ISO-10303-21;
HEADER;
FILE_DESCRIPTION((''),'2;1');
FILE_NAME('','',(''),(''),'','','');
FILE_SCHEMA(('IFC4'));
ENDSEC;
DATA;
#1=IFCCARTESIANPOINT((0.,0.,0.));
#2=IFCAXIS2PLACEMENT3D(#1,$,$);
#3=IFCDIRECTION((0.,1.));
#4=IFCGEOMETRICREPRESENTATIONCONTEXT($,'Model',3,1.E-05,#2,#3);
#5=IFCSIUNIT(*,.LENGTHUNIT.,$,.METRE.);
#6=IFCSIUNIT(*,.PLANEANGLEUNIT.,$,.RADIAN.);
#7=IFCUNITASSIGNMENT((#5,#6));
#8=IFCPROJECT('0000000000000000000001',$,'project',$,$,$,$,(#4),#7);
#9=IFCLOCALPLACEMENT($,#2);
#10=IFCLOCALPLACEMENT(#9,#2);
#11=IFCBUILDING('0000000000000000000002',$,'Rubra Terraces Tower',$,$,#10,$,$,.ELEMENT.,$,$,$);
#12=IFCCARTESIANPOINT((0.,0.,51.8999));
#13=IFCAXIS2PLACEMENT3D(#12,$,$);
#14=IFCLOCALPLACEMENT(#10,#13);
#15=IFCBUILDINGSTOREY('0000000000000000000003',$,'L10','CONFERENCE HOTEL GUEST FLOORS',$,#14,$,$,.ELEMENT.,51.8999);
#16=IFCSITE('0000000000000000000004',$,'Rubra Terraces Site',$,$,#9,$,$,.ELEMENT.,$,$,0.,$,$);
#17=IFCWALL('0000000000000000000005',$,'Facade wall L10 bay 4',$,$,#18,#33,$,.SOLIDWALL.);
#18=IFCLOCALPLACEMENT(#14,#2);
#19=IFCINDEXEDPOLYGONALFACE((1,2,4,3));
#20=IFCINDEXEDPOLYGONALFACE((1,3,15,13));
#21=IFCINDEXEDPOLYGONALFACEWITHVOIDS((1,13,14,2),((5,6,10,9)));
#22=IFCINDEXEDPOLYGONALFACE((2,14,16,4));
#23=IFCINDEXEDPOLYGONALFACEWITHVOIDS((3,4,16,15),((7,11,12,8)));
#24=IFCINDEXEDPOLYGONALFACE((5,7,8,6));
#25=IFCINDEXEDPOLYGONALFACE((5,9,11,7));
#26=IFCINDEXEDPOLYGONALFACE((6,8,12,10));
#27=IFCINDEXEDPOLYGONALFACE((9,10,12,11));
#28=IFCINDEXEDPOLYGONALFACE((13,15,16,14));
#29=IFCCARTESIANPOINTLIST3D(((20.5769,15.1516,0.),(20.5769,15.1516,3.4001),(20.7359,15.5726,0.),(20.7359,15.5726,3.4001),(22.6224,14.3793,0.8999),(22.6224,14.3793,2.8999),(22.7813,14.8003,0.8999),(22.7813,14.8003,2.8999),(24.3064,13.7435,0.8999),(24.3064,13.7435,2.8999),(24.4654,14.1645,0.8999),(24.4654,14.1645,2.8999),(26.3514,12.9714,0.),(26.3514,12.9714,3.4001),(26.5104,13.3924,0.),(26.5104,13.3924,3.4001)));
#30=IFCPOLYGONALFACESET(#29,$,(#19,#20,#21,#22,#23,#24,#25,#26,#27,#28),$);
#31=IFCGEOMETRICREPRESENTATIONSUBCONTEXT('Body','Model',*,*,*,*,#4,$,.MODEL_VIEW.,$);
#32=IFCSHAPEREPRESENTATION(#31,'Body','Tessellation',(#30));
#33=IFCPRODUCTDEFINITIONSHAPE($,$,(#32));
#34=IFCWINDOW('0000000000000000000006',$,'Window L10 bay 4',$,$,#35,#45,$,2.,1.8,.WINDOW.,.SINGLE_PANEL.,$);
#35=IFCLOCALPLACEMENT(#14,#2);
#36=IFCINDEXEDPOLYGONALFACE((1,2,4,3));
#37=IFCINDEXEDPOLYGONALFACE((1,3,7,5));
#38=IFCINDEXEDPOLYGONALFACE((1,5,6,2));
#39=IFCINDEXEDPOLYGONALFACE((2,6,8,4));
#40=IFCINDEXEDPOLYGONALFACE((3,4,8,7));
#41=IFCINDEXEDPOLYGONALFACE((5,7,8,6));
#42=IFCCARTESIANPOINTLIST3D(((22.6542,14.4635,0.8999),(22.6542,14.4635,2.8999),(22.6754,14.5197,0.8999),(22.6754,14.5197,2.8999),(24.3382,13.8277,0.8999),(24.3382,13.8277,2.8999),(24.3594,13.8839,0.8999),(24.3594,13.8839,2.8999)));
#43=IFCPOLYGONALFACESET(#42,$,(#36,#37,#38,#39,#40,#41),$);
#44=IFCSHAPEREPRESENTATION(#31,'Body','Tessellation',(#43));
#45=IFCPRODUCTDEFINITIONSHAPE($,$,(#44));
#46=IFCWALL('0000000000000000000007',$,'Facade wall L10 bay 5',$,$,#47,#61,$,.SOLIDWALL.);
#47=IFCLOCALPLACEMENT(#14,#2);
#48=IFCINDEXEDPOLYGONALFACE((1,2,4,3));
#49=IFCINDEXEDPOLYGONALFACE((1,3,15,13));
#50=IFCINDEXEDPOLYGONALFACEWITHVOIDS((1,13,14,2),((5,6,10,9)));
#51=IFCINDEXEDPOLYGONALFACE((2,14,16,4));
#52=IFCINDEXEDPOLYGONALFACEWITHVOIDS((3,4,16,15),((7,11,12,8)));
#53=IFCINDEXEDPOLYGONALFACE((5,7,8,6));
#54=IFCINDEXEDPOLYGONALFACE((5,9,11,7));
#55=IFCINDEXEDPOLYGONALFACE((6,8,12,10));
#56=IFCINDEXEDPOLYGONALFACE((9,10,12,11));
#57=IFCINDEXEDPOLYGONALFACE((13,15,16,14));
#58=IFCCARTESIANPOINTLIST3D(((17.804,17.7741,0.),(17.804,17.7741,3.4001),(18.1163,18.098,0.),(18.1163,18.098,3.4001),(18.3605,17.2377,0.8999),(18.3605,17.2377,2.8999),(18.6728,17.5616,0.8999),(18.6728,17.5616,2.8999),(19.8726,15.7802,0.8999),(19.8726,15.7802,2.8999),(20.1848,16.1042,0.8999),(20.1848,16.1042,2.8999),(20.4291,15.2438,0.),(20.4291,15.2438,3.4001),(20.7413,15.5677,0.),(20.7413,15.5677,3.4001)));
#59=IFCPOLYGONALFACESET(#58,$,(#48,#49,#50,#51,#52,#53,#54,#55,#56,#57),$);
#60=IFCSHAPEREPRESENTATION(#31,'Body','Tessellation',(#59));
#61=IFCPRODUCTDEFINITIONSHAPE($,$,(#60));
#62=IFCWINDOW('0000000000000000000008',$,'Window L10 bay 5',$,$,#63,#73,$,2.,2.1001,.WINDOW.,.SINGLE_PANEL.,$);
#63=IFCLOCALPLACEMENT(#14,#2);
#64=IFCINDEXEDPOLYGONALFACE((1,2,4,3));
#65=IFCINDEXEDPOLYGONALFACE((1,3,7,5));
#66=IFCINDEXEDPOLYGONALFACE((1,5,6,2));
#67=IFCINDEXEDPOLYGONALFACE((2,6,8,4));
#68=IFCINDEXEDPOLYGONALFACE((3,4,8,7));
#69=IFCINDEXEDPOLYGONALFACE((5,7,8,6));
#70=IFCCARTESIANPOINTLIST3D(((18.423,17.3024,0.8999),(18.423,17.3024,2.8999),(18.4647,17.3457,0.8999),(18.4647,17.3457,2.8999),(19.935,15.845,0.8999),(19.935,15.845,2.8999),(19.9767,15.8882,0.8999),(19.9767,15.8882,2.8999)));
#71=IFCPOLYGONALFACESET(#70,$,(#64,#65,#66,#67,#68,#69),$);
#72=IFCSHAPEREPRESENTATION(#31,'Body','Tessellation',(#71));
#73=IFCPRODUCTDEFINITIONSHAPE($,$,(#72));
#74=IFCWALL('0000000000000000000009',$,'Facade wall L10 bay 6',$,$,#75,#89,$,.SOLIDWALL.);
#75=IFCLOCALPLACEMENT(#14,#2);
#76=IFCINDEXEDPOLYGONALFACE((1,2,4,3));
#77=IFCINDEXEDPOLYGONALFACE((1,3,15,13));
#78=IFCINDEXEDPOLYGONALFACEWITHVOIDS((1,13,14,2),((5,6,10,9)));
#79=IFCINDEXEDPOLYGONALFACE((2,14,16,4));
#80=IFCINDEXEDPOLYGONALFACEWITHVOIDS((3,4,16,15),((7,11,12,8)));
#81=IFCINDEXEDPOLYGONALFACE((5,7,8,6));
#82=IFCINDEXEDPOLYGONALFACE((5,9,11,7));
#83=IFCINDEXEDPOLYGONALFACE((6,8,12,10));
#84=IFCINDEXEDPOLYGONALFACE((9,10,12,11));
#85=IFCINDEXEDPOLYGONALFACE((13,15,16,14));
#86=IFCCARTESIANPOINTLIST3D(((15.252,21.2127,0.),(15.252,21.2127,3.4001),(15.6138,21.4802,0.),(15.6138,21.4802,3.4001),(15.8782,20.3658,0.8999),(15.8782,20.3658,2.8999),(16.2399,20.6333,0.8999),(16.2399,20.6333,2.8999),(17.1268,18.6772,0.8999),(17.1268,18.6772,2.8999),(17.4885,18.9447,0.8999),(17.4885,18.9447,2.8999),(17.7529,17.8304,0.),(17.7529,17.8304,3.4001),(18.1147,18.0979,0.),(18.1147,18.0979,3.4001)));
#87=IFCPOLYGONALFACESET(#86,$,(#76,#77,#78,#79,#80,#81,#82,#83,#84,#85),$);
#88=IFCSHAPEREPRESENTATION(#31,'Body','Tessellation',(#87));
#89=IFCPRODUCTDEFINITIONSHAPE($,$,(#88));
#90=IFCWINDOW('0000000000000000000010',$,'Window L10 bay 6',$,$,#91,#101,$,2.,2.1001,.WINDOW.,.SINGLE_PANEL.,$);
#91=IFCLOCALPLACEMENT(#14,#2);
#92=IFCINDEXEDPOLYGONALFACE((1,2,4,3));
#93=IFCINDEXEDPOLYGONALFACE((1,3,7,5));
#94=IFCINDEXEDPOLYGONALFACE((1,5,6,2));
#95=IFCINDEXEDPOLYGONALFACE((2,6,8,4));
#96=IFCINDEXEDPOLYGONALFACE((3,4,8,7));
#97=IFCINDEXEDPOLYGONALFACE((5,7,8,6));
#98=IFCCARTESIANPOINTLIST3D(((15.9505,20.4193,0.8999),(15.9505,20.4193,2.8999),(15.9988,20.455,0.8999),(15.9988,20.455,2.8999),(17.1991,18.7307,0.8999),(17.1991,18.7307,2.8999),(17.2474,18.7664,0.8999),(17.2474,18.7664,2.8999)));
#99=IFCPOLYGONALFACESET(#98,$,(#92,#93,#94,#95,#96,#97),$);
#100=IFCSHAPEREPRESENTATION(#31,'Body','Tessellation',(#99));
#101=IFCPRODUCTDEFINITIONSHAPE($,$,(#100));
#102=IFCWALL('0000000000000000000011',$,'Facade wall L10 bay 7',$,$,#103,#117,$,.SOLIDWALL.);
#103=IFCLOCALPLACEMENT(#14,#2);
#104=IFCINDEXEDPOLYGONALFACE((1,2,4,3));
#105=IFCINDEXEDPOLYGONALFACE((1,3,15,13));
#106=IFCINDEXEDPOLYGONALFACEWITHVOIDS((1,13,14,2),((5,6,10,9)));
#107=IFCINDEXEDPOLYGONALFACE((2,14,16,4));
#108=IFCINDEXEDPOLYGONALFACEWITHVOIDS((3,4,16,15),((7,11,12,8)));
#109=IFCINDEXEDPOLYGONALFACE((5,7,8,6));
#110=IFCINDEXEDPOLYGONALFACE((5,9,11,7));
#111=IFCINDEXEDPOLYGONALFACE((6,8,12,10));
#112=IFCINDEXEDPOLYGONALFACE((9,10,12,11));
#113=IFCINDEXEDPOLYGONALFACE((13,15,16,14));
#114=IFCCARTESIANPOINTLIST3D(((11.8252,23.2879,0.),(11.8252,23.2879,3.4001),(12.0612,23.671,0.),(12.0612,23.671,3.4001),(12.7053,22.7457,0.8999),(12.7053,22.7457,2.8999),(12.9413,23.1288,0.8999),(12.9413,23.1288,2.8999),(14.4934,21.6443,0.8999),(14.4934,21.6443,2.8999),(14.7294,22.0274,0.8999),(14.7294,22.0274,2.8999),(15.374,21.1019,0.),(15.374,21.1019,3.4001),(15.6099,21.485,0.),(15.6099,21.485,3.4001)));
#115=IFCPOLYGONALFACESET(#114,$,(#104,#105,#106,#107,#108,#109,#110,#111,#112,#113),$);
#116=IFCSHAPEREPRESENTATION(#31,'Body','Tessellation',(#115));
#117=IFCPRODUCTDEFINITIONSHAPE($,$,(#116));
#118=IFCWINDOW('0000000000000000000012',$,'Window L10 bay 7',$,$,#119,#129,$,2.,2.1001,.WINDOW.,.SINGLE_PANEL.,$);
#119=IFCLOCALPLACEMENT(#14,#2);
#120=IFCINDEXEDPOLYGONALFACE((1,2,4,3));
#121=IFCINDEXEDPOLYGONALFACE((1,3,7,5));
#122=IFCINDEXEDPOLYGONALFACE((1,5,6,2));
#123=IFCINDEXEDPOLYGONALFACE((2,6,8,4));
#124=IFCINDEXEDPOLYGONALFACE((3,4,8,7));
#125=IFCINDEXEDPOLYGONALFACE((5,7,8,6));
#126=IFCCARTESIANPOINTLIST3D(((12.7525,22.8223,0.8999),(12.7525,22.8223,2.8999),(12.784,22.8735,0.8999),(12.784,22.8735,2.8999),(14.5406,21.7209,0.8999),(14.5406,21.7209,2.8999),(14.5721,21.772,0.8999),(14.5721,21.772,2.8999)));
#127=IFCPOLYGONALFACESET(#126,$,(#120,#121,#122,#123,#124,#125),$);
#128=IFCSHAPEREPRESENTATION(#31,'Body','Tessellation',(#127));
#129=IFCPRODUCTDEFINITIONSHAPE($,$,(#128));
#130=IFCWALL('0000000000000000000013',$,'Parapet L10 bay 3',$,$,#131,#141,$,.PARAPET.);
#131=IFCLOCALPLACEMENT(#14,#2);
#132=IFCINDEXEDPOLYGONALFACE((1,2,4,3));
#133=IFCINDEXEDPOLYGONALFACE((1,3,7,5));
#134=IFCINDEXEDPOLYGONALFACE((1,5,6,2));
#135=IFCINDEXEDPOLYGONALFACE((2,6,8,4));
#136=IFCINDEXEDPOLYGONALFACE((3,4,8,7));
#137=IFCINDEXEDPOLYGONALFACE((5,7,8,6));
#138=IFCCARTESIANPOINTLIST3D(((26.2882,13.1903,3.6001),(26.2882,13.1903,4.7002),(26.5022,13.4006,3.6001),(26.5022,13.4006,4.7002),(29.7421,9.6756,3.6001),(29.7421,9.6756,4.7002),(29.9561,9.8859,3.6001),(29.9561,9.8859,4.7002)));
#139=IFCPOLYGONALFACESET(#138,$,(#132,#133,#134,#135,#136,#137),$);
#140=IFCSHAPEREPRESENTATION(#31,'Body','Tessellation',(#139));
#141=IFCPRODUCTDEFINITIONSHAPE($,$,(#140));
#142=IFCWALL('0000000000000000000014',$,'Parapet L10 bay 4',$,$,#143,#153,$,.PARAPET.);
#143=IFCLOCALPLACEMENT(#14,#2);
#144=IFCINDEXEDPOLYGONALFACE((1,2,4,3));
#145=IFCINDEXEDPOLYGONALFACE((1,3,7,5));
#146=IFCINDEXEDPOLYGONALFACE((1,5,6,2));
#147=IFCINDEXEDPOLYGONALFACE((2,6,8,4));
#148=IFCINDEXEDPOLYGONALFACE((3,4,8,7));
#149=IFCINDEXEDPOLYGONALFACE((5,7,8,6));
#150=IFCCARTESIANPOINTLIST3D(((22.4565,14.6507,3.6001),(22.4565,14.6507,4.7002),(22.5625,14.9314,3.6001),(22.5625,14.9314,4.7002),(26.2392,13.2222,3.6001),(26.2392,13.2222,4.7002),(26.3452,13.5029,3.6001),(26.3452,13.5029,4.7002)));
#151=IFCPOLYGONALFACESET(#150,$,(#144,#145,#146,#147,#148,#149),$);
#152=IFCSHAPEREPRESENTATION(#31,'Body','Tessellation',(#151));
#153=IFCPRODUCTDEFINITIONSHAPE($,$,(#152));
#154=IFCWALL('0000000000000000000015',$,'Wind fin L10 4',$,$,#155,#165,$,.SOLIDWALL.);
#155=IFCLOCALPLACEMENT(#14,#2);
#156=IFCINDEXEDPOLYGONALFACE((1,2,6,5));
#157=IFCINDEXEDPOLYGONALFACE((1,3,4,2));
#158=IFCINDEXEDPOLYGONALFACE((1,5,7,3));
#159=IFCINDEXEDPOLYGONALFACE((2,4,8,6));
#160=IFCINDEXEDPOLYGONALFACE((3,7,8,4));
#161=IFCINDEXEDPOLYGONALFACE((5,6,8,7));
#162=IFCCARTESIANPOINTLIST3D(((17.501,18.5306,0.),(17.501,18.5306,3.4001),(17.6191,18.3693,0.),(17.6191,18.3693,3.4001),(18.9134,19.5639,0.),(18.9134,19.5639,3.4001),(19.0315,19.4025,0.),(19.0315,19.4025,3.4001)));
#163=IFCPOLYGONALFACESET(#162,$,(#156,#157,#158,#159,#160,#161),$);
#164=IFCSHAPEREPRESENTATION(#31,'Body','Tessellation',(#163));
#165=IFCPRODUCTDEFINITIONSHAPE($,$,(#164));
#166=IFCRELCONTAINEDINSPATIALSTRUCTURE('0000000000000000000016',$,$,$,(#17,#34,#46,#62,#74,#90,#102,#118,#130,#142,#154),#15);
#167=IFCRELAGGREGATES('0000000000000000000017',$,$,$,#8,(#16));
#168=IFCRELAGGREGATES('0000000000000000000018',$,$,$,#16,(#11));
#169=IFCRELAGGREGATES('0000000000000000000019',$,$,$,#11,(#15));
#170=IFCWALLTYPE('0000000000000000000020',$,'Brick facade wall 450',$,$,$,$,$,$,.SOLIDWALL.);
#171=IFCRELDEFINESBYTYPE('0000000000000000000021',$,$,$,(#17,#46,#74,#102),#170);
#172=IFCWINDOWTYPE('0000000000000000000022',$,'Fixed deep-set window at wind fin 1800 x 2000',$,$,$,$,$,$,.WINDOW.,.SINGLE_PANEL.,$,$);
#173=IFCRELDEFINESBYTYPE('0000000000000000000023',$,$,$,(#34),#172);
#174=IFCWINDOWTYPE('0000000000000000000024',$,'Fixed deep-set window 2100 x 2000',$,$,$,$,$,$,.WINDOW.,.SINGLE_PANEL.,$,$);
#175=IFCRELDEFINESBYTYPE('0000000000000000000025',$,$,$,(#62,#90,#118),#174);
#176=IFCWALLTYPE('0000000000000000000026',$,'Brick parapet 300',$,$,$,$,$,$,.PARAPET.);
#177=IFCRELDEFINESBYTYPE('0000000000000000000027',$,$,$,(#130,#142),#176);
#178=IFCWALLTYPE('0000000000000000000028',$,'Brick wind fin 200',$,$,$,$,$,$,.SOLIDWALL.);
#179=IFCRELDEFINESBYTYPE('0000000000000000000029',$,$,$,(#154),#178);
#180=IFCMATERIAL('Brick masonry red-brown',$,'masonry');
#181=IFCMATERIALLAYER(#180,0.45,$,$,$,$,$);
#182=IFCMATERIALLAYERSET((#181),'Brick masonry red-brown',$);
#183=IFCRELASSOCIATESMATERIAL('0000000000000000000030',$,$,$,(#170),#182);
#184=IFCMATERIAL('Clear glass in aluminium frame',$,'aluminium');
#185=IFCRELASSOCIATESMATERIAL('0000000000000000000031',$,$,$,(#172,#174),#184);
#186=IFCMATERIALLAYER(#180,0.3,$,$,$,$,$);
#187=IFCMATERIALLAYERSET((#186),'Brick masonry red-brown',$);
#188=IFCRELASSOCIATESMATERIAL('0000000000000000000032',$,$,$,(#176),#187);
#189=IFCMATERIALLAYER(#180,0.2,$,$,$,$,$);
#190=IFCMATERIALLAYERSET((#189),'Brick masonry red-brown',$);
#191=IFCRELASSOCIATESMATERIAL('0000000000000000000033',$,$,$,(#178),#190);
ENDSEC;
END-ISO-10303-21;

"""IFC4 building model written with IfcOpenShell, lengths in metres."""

from ifc_helpers import new_model, si_unit, direction, frame, frame_2d, origin, place, context, subcontext, project, spatial, rectangle, extrude, material, layer, layer_set, type_object, element, fill, save


model = new_model("IFC4")

# Units and contexts
model_context = context("Model", 3, precision=1e-05, world=origin(), true_north=direction((0.0, 1.0)))
body_context = subcontext(model_context, "Body", "Model", "MODEL_VIEW")
ifc_project = project(units=[si_unit("LENGTHUNIT", "METRE"), si_unit("PLANEANGLEUNIT", "RADIAN")], contexts=[model_context])

# Site, building, storey
site_placement = place(None, origin())
site = spatial("IfcSite", under=ifc_project, at=site_placement, Name="Rubra Terraces Site", CompositionType="ELEMENT", RefElevation=0.0)
building_placement = place(site_placement, origin())
building = spatial("IfcBuilding", under=site, at=building_placement, Name="Rubra Terraces Tower", CompositionType="ELEMENT")
storey_placement = place(building_placement, frame((0.0, 0.0, 51.8999)))
storey = spatial("IfcBuildingStorey", under=building, at=storey_placement, Name="L10", Description="CONFERENCE HOTEL GUEST FLOORS", CompositionType="ELEMENT", Elevation=51.8999)

# Walls, openings, windows
ifc_material_1 = material(Name="Brick masonry red-brown", Category="masonry")
ifc_layer_1 = layer(ifc_material_1, 0.45)
ifc_layer_set_1 = layer_set([ifc_layer_1], Name="Brick masonry red-brown")
wall_type_1 = type_object("IfcWallType", Name="Brick facade wall 450", PredefinedType="SOLIDWALL", material=ifc_layer_set_1)
wall_1_placement = place(storey_placement, frame((26.4309, 13.1819, 0.0), z_axis=(0.0, 0.0, 1.0), x_axis=(-0.93554, 0.353221, 0.0)))
wall_1 = element("IfcWall", 1, at=wall_1_placement, inside=storey, type_object=wall_type_1, Name="Facade wall L10 bay 4", PredefinedType="SOLIDWALL", context=body_context, shape_type="SweptSolid", body=[
    extrude(rectangle(XDim=6.1724, YDim=0.45, at=frame_2d((3.0862, 0.0))), origin(), (0.0, 0.0, 1.0), 3.4001),
])
opening_1_placement = place(wall_1_placement, frame((2.186, 0.0, 0.8999)))
opening_1 = element("IfcOpeningElement", 2, at=opening_1_placement, cuts=wall_1, PredefinedType="OPENING", context=body_context, shape_type="SweptSolid", body=[
    extrude(rectangle(XDim=1.8, YDim=2.0, at=frame_2d((0.8999, 1.0))), frame((0.0, 0.2349, 0.0), z_axis=(0.0, -1.0, 0.0), x_axis=(1.0, 0.0, 0.0)), (0.0, 0.0, 1.0), 0.47),
])
ifc_material_2 = material(Name="Clear glass in aluminium frame", Category="aluminium")
window_type_1 = type_object("IfcWindowType", Name="Fixed deep-set window at wind fin 1800 x 2000", PartitioningType="SINGLE_PANEL", PredefinedType="WINDOW", material=ifc_material_2)
window_1_placement = place(opening_1_placement, origin())
window_1 = element("IfcWindow", 3, at=window_1_placement, inside=storey, type_object=window_type_1, Name="Window L10 bay 4", OverallHeight=2.0, OverallWidth=1.8, PartitioningType="SINGLE_PANEL", PredefinedType="WINDOW", context=body_context, shape_type="SweptSolid", body=[
    extrude(rectangle(XDim=1.8, YDim=2.0, at=frame_2d((0.8999, 1.0))), frame((0.0, 0.135, 0.0), z_axis=(0.0, -1.0, 0.0), x_axis=(1.0, 0.0, 0.0)), (0.0, 0.0, 1.0), 0.0601),
])
fill(opening_1, window_1)
wall_2_placement = place(storey_placement, frame((20.5852, 15.4058, 0.0), z_axis=(0.0, 0.0, 1.0), x_axis=(-0.719978, 0.693997, 0.0)))
wall_2 = element("IfcWall", 4, at=wall_2_placement, inside=storey, type_object=wall_type_1, Name="Facade wall L10 bay 5", PredefinedType="SOLIDWALL", context=body_context, shape_type="SweptSolid", body=[
    extrude(rectangle(XDim=3.646, YDim=0.45, at=frame_2d((1.823, 0.0))), origin(), (0.0, 0.0, 1.0), 3.4001),
])
opening_2_placement = place(wall_2_placement, frame((0.7729, 0.0, 0.8999)))
opening_2 = element("IfcOpeningElement", 5, at=opening_2_placement, cuts=wall_2, PredefinedType="OPENING", context=body_context, shape_type="SweptSolid", body=[
    extrude(rectangle(XDim=2.1001, YDim=2.0, at=frame_2d((1.05, 1.0))), frame((0.0, 0.2349, 0.0), z_axis=(0.0, -1.0, 0.0), x_axis=(1.0, 0.0, 0.0)), (0.0, 0.0, 1.0), 0.47),
])
window_type_2 = type_object("IfcWindowType", Name="Fixed deep-set window 2100 x 2000", PartitioningType="SINGLE_PANEL", PredefinedType="WINDOW", material=ifc_material_2)
window_2_placement = place(opening_2_placement, origin())
window_2 = element("IfcWindow", 6, at=window_2_placement, inside=storey, type_object=window_type_2, Name="Window L10 bay 5", OverallHeight=2.0, OverallWidth=2.1001, PartitioningType="SINGLE_PANEL", PredefinedType="WINDOW", context=body_context, shape_type="SweptSolid", body=[
    extrude(rectangle(XDim=2.1001, YDim=2.0, at=frame_2d((1.05, 1.0))), frame((0.0, 0.135, 0.0), z_axis=(0.0, -1.0, 0.0), x_axis=(1.0, 0.0, 0.0)), (0.0, 0.0, 1.0), 0.0601),
])
fill(opening_2, window_2)
wall_3_placement = place(storey_placement, frame((17.9338, 17.9641, 0.0), z_axis=(0.0, 0.0, 1.0), x_axis=(-0.594544, 0.804063, 0.0)))
wall_3 = element("IfcWall", 7, at=wall_3_placement, inside=storey, type_object=wall_type_1, Name="Facade wall L10 bay 6", PredefinedType="SOLIDWALL", context=body_context, shape_type="SweptSolid", body=[
    extrude(rectangle(XDim=4.2065, YDim=0.45, at=frame_2d((2.1033, 0.0))), origin(), (0.0, 0.0, 1.0), 3.4001),
])
opening_3_placement = place(wall_3_placement, frame((1.0532, 0.0, 0.8999)))
opening_3 = element("IfcOpeningElement", 8, at=opening_3_placement, cuts=wall_3, PredefinedType="OPENING", context=body_context, shape_type="SweptSolid", body=[
    extrude(rectangle(XDim=2.1001, YDim=2.0, at=frame_2d((1.05, 1.0))), frame((0.0, 0.2349, 0.0), z_axis=(0.0, -1.0, 0.0), x_axis=(1.0, 0.0, 0.0)), (0.0, 0.0, 1.0), 0.47),
])
window_3_placement = place(opening_3_placement, origin())
window_3 = element("IfcWindow", 9, at=window_3_placement, inside=storey, type_object=window_type_2, Name="Window L10 bay 6", OverallHeight=2.0, OverallWidth=2.1001, PartitioningType="SINGLE_PANEL", PredefinedType="WINDOW", context=body_context, shape_type="SweptSolid", body=[
    extrude(rectangle(XDim=2.1001, YDim=2.0, at=frame_2d((1.05, 1.0))), frame((0.0, 0.135, 0.0), z_axis=(0.0, -1.0, 0.0), x_axis=(1.0, 0.0, 0.0)), (0.0, 0.0, 1.0), 0.0601),
])
fill(opening_3, window_3)
wall_4_placement = place(storey_placement, frame((15.4919, 21.2935, 0.0), z_axis=(0.0, 0.0, 1.0), x_axis=(-0.851429, 0.52447, 0.0)))
wall_4 = element("IfcWall", 10, at=wall_4_placement, inside=storey, type_object=wall_type_1, Name="Facade wall L10 bay 7", PredefinedType="SOLIDWALL", context=body_context, shape_type="SweptSolid", body=[
    extrude(rectangle(XDim=4.168, YDim=0.45, at=frame_2d((2.084, 0.0))), origin(), (0.0, 0.0, 1.0), 3.4001),
])
opening_4_placement = place(wall_4_placement, frame((1.0342, 0.0, 0.8999)))
opening_4 = element("IfcOpeningElement", 11, at=opening_4_placement, cuts=wall_4, PredefinedType="OPENING", context=body_context, shape_type="SweptSolid", body=[
    extrude(rectangle(XDim=2.1001, YDim=2.0, at=frame_2d((1.05, 1.0))), frame((0.0, 0.2349, 0.0), z_axis=(0.0, -1.0, 0.0), x_axis=(1.0, 0.0, 0.0)), (0.0, 0.0, 1.0), 0.47),
])
window_4_placement = place(opening_4_placement, origin())
window_4 = element("IfcWindow", 12, at=window_4_placement, inside=storey, type_object=window_type_2, Name="Window L10 bay 7", OverallHeight=2.0, OverallWidth=2.1001, PartitioningType="SINGLE_PANEL", PredefinedType="WINDOW", context=body_context, shape_type="SweptSolid", body=[
    extrude(rectangle(XDim=2.1001, YDim=2.0, at=frame_2d((1.05, 1.0))), frame((0.0, 0.135, 0.0), z_axis=(0.0, -1.0, 0.0), x_axis=(1.0, 0.0, 0.0)), (0.0, 0.0, 1.0), 0.0601),
])
fill(opening_4, window_4)

# Walls
ifc_layer_2 = layer(ifc_material_1, 0.3)
ifc_layer_set_2 = layer_set([ifc_layer_2], Name="Brick masonry red-brown")
wall_type_2 = type_object("IfcWallType", Name="Brick parapet 300", PredefinedType="PARAPET", material=ifc_layer_set_2)
wall_5_placement = place(storey_placement, frame((29.8491, 9.7808, 3.6001), z_axis=(0.0, 0.0, 1.0), x_axis=(-0.700912, 0.713248, 0.0)))
element("IfcWall", 13, at=wall_5_placement, inside=storey, type_object=wall_type_2, Name="Parapet L10 bay 3", PredefinedType="PARAPET", context=body_context, shape_type="SweptSolid", body=[
    extrude(rectangle(XDim=4.9277, YDim=0.3, at=frame_2d((2.4639, 0.0))), origin(), (0.0, 0.0, 1.0), 1.1001),
])
wall_6_placement = place(storey_placement, frame((26.2922, 13.3625, 3.6001), z_axis=(0.0, 0.0, 1.0), x_axis=(-0.935518, 0.35328, 0.0)))
element("IfcWall", 14, at=wall_6_placement, inside=storey, type_object=wall_type_2, Name="Parapet L10 bay 4", PredefinedType="PARAPET", context=body_context, shape_type="SweptSolid", body=[
    extrude(rectangle(XDim=4.0435, YDim=0.3, at=frame_2d((2.0217, 0.0))), origin(), (0.0, 0.0, 1.0), 1.1001),
])
ifc_layer_3 = layer(ifc_material_1, 0.2)
ifc_layer_set_3 = layer_set([ifc_layer_3], Name="Brick masonry red-brown")
wall_type_3 = type_object("IfcWallType", Name="Brick wind fin 200", PredefinedType="SOLIDWALL", material=ifc_layer_set_3)
wall_7_placement = place(storey_placement, frame((17.5601, 18.45, 0.0), z_axis=(0.0, 0.0, 1.0), x_axis=(0.807092, 0.590426, 0.0)))
element("IfcWall", 15, at=wall_7_placement, inside=storey, type_object=wall_type_3, Name="Wind fin L10 4", PredefinedType="SOLIDWALL", context=body_context, shape_type="SweptSolid", body=[
    extrude(rectangle(XDim=1.75, YDim=0.2, at=frame_2d((0.875, 0.0))), origin(), (0.0, 0.0, 1.0), 3.4001),
])

save(model, "model.ifc")
